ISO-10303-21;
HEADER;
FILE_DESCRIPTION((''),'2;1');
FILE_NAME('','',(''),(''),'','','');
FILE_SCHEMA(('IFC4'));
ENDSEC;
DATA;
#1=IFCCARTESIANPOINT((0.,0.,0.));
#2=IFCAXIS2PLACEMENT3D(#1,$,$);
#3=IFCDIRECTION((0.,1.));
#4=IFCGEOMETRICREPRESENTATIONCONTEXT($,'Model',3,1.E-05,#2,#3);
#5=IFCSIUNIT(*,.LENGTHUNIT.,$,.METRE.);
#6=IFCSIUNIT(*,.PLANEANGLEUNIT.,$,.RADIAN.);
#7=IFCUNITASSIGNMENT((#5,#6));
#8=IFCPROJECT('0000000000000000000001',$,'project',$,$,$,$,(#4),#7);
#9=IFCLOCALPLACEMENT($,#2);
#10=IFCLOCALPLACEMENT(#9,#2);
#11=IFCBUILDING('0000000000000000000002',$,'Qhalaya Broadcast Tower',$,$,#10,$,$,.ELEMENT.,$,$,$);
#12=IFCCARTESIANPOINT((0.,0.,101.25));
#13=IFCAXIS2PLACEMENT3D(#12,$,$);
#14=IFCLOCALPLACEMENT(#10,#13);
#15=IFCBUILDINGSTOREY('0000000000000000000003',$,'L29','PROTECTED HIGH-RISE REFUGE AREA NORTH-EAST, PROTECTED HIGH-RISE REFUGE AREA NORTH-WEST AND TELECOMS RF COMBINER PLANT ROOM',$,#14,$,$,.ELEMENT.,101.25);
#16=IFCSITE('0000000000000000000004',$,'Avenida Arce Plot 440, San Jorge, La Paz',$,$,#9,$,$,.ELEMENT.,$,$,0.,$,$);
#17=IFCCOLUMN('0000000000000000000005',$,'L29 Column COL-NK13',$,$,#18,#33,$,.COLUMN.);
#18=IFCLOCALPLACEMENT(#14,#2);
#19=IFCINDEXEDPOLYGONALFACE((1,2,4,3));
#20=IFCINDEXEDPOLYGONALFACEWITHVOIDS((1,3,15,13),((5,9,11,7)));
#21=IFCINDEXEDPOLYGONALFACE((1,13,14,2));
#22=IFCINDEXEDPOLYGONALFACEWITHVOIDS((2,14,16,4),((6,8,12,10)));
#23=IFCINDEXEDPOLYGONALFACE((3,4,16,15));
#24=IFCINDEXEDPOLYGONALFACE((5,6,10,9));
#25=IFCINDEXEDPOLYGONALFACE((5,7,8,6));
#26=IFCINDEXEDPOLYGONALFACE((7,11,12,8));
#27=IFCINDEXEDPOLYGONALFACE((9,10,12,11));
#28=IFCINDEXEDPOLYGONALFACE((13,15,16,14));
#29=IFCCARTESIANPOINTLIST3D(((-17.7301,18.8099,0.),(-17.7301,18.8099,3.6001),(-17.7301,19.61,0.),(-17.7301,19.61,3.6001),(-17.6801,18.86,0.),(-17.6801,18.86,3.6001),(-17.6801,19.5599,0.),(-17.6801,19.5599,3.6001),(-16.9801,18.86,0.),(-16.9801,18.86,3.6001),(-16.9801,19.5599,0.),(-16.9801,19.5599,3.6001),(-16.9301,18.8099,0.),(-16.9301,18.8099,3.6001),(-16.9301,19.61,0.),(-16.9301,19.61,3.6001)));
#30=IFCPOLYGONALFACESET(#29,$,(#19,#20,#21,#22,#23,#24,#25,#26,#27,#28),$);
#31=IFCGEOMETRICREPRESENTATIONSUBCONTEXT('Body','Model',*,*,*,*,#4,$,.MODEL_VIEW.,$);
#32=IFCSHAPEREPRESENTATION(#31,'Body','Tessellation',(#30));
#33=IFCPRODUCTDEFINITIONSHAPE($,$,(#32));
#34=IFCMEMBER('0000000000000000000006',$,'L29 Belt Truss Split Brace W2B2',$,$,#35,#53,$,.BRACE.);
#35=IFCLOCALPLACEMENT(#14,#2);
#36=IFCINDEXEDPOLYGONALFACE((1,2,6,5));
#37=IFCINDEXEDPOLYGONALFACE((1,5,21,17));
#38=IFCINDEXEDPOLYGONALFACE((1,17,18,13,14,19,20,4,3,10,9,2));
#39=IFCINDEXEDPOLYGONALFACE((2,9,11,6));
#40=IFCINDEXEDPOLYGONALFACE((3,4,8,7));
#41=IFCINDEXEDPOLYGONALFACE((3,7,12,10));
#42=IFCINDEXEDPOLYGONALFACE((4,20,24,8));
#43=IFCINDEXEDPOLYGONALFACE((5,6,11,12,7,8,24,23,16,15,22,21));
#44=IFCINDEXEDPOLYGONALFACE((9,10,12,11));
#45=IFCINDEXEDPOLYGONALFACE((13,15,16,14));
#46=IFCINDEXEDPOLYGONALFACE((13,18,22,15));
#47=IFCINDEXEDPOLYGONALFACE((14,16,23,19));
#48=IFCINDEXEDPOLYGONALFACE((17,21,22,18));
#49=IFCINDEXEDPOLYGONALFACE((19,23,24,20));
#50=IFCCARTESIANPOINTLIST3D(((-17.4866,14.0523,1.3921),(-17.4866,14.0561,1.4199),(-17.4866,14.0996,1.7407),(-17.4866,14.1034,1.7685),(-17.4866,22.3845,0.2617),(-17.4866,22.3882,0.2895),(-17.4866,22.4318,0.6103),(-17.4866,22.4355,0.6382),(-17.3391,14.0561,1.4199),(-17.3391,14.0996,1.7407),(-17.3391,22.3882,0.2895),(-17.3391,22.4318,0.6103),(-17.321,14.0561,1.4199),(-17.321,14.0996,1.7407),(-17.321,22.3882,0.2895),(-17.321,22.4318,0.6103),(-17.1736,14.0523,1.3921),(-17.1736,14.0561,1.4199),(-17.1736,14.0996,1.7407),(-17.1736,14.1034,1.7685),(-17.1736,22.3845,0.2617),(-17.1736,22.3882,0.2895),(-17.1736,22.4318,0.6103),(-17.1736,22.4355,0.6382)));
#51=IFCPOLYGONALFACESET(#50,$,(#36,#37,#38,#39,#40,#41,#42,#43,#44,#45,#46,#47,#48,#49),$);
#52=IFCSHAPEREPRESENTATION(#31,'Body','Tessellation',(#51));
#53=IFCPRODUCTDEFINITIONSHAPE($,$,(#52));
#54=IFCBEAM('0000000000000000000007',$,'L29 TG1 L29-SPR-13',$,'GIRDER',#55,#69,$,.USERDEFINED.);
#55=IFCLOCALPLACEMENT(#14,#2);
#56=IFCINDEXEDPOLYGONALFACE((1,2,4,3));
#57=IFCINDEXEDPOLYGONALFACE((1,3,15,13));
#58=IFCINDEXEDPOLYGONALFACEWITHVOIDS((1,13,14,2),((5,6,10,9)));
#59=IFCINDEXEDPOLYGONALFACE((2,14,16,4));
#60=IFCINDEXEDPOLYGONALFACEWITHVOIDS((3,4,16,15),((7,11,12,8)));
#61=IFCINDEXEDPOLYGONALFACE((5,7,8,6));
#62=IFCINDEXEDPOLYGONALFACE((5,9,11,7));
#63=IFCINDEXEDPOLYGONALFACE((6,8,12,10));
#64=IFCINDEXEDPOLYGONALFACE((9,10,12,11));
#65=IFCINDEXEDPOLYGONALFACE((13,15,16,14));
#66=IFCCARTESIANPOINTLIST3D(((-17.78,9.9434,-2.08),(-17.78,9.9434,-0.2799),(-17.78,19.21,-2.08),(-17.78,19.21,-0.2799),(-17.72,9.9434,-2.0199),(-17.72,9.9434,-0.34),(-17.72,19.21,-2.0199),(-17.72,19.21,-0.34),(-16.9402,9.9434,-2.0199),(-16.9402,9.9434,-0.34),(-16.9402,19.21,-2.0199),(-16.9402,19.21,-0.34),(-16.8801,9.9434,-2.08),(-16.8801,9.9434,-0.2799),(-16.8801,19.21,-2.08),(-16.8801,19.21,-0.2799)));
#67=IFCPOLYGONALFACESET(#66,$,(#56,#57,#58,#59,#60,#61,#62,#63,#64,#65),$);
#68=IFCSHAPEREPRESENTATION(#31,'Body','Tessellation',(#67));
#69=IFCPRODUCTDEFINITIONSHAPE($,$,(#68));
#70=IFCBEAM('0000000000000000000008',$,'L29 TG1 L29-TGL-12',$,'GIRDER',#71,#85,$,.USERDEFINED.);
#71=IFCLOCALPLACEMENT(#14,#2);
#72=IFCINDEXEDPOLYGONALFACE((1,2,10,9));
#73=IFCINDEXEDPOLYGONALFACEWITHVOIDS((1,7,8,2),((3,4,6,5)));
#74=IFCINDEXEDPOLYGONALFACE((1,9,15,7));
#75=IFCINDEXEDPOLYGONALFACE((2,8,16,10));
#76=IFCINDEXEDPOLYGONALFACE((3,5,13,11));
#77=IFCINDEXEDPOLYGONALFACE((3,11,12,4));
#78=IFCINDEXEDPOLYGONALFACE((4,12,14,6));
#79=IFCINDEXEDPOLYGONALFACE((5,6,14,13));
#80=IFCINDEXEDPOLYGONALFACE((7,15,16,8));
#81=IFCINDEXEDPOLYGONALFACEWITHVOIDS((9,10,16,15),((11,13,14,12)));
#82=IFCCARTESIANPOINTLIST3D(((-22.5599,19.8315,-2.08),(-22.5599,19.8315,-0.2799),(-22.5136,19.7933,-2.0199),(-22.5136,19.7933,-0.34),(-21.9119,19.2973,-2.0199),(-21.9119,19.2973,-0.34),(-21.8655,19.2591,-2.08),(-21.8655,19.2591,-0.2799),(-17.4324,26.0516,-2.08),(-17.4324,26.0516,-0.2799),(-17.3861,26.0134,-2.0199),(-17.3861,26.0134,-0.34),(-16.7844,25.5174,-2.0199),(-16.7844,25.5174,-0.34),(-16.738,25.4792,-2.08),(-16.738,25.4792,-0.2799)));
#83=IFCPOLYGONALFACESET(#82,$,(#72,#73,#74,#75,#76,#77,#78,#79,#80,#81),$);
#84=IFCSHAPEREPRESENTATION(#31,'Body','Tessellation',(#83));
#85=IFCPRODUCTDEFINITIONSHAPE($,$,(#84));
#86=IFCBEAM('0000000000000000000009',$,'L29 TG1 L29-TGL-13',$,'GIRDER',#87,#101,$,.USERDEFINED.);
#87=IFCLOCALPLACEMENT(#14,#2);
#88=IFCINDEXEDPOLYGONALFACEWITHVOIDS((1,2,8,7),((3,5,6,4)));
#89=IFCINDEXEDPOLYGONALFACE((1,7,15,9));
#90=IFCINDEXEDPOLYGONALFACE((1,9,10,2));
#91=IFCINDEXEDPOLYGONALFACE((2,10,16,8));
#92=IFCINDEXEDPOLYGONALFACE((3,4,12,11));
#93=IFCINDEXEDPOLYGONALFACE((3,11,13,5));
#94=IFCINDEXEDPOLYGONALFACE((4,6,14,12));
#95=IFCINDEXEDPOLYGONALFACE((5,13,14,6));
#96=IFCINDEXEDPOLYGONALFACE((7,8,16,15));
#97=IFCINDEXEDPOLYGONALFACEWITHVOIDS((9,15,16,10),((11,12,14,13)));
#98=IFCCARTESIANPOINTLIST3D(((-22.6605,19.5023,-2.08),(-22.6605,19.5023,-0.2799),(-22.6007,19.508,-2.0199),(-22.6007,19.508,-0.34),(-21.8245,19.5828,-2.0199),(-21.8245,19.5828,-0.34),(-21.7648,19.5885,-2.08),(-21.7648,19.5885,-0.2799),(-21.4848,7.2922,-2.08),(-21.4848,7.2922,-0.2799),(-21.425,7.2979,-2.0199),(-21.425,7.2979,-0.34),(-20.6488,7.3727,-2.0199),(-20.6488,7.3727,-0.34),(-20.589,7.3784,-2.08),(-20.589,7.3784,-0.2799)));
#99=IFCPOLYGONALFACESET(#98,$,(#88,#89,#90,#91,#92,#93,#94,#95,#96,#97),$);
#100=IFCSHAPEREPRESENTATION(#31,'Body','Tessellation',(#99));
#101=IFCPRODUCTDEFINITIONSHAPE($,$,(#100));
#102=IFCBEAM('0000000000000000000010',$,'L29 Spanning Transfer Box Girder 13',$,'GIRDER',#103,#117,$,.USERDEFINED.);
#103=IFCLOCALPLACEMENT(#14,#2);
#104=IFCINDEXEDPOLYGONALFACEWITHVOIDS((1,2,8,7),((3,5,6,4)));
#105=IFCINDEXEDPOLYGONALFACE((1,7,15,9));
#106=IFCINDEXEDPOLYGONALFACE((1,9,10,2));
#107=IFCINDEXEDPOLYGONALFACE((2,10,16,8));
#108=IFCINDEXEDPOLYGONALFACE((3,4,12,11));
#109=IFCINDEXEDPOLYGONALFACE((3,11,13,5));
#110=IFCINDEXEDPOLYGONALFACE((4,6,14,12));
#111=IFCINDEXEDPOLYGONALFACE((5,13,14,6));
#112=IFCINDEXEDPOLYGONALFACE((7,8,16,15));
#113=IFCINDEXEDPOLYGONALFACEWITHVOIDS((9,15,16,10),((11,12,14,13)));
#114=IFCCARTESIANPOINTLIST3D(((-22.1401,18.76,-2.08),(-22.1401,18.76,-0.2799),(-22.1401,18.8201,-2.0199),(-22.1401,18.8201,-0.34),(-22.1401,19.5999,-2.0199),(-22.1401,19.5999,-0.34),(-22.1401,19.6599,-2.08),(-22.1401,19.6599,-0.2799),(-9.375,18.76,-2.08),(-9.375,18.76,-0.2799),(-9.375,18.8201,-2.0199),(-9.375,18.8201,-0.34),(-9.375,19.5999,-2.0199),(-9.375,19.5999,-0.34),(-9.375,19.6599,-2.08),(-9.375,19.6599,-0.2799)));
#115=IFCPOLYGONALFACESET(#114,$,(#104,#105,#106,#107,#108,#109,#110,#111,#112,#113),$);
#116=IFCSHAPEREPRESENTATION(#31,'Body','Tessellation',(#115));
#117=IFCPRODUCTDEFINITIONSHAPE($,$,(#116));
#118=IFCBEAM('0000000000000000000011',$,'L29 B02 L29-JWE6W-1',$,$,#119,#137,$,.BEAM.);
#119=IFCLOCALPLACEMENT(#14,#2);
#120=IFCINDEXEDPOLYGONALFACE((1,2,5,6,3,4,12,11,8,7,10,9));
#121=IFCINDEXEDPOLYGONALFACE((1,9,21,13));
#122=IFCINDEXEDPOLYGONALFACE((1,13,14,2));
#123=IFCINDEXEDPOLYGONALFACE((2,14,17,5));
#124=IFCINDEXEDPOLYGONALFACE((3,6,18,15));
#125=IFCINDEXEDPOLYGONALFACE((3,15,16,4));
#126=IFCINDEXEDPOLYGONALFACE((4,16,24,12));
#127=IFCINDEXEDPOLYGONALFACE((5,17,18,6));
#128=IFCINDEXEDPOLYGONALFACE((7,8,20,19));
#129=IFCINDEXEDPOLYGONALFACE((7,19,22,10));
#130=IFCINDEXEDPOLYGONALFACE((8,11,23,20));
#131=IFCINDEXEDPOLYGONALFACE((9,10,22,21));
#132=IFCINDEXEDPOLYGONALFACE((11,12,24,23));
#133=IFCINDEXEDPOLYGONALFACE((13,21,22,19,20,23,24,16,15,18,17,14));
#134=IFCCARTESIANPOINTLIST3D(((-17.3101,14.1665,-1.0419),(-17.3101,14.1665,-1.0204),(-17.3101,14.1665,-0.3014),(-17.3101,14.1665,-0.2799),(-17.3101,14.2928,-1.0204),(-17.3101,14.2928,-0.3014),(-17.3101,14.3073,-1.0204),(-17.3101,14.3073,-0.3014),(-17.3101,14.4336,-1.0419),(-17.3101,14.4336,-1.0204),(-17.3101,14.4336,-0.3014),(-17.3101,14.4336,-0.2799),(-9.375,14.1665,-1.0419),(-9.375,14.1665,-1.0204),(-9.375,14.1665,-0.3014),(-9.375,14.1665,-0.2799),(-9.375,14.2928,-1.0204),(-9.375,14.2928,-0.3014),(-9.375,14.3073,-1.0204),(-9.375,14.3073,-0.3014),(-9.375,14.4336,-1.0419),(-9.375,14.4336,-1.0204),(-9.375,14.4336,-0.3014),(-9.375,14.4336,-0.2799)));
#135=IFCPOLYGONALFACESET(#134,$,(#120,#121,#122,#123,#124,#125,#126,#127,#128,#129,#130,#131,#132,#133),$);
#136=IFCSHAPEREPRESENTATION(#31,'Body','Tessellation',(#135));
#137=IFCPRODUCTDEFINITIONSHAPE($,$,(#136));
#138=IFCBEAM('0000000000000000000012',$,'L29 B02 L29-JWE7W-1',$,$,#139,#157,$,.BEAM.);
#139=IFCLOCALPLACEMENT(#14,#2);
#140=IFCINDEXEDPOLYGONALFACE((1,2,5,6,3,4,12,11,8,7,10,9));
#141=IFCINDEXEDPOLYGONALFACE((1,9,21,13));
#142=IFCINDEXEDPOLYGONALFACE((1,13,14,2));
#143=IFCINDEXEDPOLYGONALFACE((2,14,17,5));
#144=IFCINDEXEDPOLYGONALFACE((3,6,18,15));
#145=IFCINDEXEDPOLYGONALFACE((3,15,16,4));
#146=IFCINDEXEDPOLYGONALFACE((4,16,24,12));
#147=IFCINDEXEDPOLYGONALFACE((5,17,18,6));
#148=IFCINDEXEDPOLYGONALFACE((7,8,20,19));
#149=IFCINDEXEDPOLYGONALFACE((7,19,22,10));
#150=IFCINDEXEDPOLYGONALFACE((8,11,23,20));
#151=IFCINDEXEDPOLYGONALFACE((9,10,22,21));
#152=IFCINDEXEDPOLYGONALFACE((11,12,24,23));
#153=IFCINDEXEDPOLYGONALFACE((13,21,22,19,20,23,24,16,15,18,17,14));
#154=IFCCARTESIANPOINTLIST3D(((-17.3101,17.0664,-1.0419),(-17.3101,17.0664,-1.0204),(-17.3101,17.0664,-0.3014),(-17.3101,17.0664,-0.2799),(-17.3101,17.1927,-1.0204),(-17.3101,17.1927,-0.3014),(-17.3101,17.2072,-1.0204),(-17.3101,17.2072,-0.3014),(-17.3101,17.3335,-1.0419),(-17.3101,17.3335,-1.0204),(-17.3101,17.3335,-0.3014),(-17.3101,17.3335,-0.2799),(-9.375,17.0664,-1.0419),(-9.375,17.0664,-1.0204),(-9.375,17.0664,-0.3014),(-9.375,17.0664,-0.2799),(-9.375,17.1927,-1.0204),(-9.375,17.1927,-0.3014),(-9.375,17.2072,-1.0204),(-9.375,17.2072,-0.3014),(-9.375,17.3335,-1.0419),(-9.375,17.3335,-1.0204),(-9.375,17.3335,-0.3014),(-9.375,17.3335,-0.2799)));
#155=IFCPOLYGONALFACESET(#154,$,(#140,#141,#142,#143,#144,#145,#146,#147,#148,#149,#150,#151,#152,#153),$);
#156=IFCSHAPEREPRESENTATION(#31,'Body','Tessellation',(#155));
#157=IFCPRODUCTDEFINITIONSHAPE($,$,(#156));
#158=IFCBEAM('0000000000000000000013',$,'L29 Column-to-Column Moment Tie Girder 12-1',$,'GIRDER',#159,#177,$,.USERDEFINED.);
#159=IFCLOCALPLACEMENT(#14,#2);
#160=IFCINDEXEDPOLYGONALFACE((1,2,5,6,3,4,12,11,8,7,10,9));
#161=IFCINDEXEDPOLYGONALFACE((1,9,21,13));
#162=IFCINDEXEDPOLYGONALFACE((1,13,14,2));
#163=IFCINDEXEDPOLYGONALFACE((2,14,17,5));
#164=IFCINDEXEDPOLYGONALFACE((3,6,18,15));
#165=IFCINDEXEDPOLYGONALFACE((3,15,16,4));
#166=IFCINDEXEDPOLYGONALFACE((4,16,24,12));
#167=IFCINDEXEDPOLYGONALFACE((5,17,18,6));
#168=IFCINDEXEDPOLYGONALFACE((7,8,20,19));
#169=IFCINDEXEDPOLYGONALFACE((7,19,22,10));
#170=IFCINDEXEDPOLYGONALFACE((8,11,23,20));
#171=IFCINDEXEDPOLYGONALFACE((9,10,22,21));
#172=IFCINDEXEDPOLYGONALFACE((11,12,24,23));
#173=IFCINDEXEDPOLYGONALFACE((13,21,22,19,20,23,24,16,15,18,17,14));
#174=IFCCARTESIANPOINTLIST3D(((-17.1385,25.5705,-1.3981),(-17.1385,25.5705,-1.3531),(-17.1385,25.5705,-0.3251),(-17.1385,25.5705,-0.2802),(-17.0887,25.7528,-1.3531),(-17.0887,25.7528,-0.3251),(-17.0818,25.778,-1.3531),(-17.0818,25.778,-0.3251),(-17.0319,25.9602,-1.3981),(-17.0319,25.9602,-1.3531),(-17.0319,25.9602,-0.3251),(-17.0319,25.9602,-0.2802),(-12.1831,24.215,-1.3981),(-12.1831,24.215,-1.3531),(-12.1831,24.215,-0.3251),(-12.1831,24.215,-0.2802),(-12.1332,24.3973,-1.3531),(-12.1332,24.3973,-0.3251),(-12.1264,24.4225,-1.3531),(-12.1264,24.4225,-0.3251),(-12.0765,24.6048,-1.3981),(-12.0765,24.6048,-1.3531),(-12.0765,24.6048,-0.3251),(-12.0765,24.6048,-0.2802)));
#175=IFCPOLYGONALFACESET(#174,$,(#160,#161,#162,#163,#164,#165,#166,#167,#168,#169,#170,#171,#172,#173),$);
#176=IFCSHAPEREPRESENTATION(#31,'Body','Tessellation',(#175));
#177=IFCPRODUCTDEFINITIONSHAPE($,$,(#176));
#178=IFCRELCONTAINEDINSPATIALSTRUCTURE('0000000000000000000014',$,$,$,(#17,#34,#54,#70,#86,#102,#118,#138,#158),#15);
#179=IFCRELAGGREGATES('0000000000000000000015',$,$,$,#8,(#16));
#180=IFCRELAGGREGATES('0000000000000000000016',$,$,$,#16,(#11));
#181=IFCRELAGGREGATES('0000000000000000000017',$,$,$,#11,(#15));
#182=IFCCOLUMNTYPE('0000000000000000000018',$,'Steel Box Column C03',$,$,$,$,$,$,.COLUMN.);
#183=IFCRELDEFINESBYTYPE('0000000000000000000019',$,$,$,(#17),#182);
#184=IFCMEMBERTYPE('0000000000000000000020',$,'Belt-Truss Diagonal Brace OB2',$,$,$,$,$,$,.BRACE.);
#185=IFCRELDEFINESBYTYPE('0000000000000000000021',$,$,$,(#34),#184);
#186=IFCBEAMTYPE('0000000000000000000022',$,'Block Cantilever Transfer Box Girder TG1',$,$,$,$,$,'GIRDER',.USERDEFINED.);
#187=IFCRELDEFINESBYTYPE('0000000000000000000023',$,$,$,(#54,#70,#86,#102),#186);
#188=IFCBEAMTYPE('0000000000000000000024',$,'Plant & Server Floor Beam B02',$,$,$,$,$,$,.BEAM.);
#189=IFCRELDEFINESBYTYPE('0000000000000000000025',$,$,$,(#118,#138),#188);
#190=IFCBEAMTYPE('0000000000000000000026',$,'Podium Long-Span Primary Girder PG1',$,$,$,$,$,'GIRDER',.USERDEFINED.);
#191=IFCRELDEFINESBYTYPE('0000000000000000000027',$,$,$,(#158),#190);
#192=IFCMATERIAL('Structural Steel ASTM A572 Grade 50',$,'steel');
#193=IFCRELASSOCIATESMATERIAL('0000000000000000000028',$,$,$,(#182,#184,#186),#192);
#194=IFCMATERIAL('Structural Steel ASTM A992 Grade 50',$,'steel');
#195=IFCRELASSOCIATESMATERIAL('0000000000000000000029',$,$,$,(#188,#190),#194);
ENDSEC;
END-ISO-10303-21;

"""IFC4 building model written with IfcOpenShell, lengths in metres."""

from ifc_helpers import new_model, si_unit, direction, frame, origin, origin_2d, place, context, subcontext, project, spatial, hollow_rectangle, i_section, extrude, material, material_profile, profile_set, type_object, element, save


model = new_model("IFC4")

# Units and contexts
model_context = context("Model", 3, precision=1e-05, world=origin(), true_north=direction((0.0, 1.0)))
body_context = subcontext(model_context, "Body", "Model", "MODEL_VIEW")
ifc_project = project(units=[si_unit("LENGTHUNIT", "METRE"), si_unit("PLANEANGLEUNIT", "RADIAN")], contexts=[model_context])

# Site, building, storey
site_placement = place(None, origin())
site = spatial("IfcSite", under=ifc_project, at=site_placement, Name="Avenida Arce Plot 440, San Jorge, La Paz", CompositionType="ELEMENT", RefElevation=0.0)
building_placement = place(site_placement, origin())
building = spatial("IfcBuilding", under=site, at=building_placement, Name="Qhalaya Broadcast Tower", CompositionType="ELEMENT")
storey_placement = place(building_placement, frame((0.0, 0.0, 101.25)))
storey = spatial("IfcBuildingStorey", under=building, at=storey_placement, Name="L29", Description="PROTECTED HIGH-RISE REFUGE AREA NORTH-EAST, PROTECTED HIGH-RISE REFUGE AREA NORTH-WEST AND TELECOMS RF COMBINER PLANT ROOM", CompositionType="ELEMENT", Elevation=101.25)

# Column
ifc_material_1 = material(Name="Structural Steel ASTM A572 Grade 50", Category="steel")
ifc_material_profile_1 = material_profile(ifc_material_1, hollow_rectangle(XDim=0.8, YDim=0.8, WallThickness=0.05, at=origin_2d()), Name="BOX 800x800x50")
ifc_profile_set_1 = profile_set([ifc_material_profile_1], Name="Structural Steel ASTM A572 Grade 50")
column_type = type_object("IfcColumnType", Name="Steel Box Column C03", PredefinedType="COLUMN", material=ifc_profile_set_1)
column_placement = place(storey_placement, frame((-17.3301, 19.21, 0.0), z_axis=(0.0, 0.0, 1.0), x_axis=(0.0, 1.0, 0.0)))
element("IfcColumn", 1, at=column_placement, inside=storey, type_object=column_type, Name="L29 Column COL-NK13", PredefinedType="COLUMN", context=body_context, shape_type="SweptSolid", body=[
    extrude(hollow_rectangle(XDim=0.8, YDim=0.8, WallThickness=0.05, at=origin_2d()), origin(), (0.0, 0.0, 1.0), 3.6001),
])

# Member
ifc_material_profile_2 = material_profile(ifc_material_1, i_section(OverallWidth=0.313, OverallDepth=0.3799, WebThickness=0.0181, FlangeThickness=0.0281, at=origin_2d()), Name="W12X120")
ifc_profile_set_2 = profile_set([ifc_material_profile_2], Name="Structural Steel ASTM A572 Grade 50")
member_type = type_object("IfcMemberType", Name="Belt-Truss Diagonal Brace OB2", PredefinedType="BRACE", material=ifc_profile_set_2)
member_placement = place(storey_placement, frame((-17.3301, 14.0779, 1.5803), z_axis=(0.0, 0.990923, -0.134434), x_axis=(-1.0, 0.0, 0.0)))
element("IfcMember", 2, at=member_placement, inside=storey, type_object=member_type, Name="L29 Belt Truss Split Brace W2B2", PredefinedType="BRACE", context=body_context, shape_type="SweptSolid", body=[
    extrude(i_section(OverallWidth=0.313, OverallDepth=0.3799, WebThickness=0.0181, FlangeThickness=0.0281, at=origin_2d()), origin(), (0.0, 0.0, 1.0), 8.4084),
])

# Beams
ifc_material_profile_3 = material_profile(ifc_material_1, hollow_rectangle(XDim=0.8999, YDim=1.8, WallThickness=0.0601, at=origin_2d()), Name="BOX 900x1800x60")
ifc_profile_set_3 = profile_set([ifc_material_profile_3], Name="Structural Steel ASTM A572 Grade 50")
beam_type_1 = type_object("IfcBeamType", Name="Block Cantilever Transfer Box Girder TG1", ElementType="GIRDER", PredefinedType="USERDEFINED", material=ifc_profile_set_3)
beam_1_placement = place(storey_placement, frame((-17.3301, 19.21, -1.1799), z_axis=(0.0, -1.0, 0.0), x_axis=(1.0, 0.0, 0.0)))
element("IfcBeam", 3, at=beam_1_placement, inside=storey, type_object=beam_type_1, Name="L29 TG1 L29-SPR-13", ObjectType="GIRDER", PredefinedType="USERDEFINED", context=body_context, shape_type="SweptSolid", body=[
    extrude(hollow_rectangle(XDim=0.8999, YDim=1.8, WallThickness=0.0601, at=origin_2d()), origin(), (0.0, 0.0, 1.0), 9.2666),
])
beam_2_placement = place(storey_placement, frame((-17.0852, 25.7654, -1.1799), z_axis=(-0.636085, -0.771619, 0.0), x_axis=(0.771619, -0.636085, 0.0)))
element("IfcBeam", 4, at=beam_2_placement, inside=storey, type_object=beam_type_1, Name="L29 TG1 L29-TGL-12", ObjectType="GIRDER", PredefinedType="USERDEFINED", context=body_context, shape_type="SweptSolid", body=[
    extrude(hollow_rectangle(XDim=0.8999, YDim=1.8, WallThickness=0.0601, at=origin_2d()), origin(), (0.0, 0.0, 1.0), 8.061),
])
beam_3_placement = place(storey_placement, frame((-22.2126, 19.5454, -1.1799), z_axis=(0.095852, -0.995396, 0.0), x_axis=(0.995396, 0.095852, 0.0)))
element("IfcBeam", 5, at=beam_3_placement, inside=storey, type_object=beam_type_1, Name="L29 TG1 L29-TGL-13", ObjectType="GIRDER", PredefinedType="USERDEFINED", context=body_context, shape_type="SweptSolid", body=[
    extrude(hollow_rectangle(XDim=0.8999, YDim=1.8, WallThickness=0.0601, at=origin_2d()), origin(), (0.0, 0.0, 1.0), 12.2666),
])
beam_4_placement = place(storey_placement, frame((-22.1401, 19.21, -1.1799), z_axis=(1.0, 0.0, 0.0), x_axis=(0.0, 1.0, 0.0)))
element("IfcBeam", 6, at=beam_4_placement, inside=storey, type_object=beam_type_1, Name="L29 Spanning Transfer Box Girder 13", ObjectType="GIRDER", PredefinedType="USERDEFINED", context=body_context, shape_type="SweptSolid", body=[
    extrude(hollow_rectangle(XDim=0.8999, YDim=1.8, WallThickness=0.0601, at=origin_2d()), origin(), (0.0, 0.0, 1.0), 12.7651),
])
ifc_material_2 = material(Name="Structural Steel ASTM A992 Grade 50", Category="steel")
ifc_material_profile_4 = material_profile(ifc_material_2, i_section(OverallWidth=0.2671, OverallDepth=0.762, WebThickness=0.0144, FlangeThickness=0.0215, at=origin_2d()), Name="W30X116")
ifc_profile_set_4 = profile_set([ifc_material_profile_4], Name="Structural Steel ASTM A992 Grade 50")
beam_type_2 = type_object("IfcBeamType", Name="Plant & Server Floor Beam B02", PredefinedType="BEAM", material=ifc_profile_set_4)
for number, where, z_axis, x_axis, name in (
    (7, (-17.3101, 14.3, -0.6609), (1.0, 0.0, 0.0), (0.0, 1.0, 0.0), "L29 B02 L29-JWE6W-1"),
    (8, (-17.3101, 17.2, -0.6609), (1.0, 0.0, 0.0), (0.0, 1.0, 0.0), "L29 B02 L29-JWE7W-1"),
):
    element("IfcBeam", number, at=place(storey_placement, frame(where, z_axis=z_axis, x_axis=x_axis)), inside=storey, type_object=beam_type_2, Name=name, PredefinedType="BEAM", context=body_context, shape_type="SweptSolid", body=[
        extrude(i_section(OverallWidth=0.2671, OverallDepth=0.762, WebThickness=0.0144, FlangeThickness=0.0215, at=origin_2d()), origin(), (0.0, 0.0, 1.0), 7.9351),
    ])
ifc_material_profile_5 = material_profile(ifc_material_2, i_section(OverallWidth=0.4041, OverallDepth=1.1179, WebThickness=0.0261, FlangeThickness=0.0449, at=origin_2d()), Name="W44X335")
ifc_profile_set_5 = profile_set([ifc_material_profile_5], Name="Structural Steel ASTM A992 Grade 50")
beam_type_3 = type_object("IfcBeamType", Name="Podium Long-Span Primary Girder PG1", ElementType="GIRDER", PredefinedType="USERDEFINED", material=ifc_profile_set_5)
beam_5_placement = place(storey_placement, frame((-17.0852, 25.7654, -0.8391), z_axis=(0.964565, -0.263845, 0.0), x_axis=(0.263845, 0.964565, 0.0)))
element("IfcBeam", 9, at=beam_5_placement, inside=storey, type_object=beam_type_3, Name="L29 Column-to-Column Moment Tie Girder 12-1", ObjectType="GIRDER", PredefinedType="USERDEFINED", context=body_context, shape_type="SweptSolid", body=[
    extrude(i_section(OverallWidth=0.4041, OverallDepth=1.1179, WebThickness=0.0261, FlangeThickness=0.0449, at=origin_2d()), origin(), (0.0, 0.0, 1.0), 5.1375),
])

save(model, "model.ifc")
